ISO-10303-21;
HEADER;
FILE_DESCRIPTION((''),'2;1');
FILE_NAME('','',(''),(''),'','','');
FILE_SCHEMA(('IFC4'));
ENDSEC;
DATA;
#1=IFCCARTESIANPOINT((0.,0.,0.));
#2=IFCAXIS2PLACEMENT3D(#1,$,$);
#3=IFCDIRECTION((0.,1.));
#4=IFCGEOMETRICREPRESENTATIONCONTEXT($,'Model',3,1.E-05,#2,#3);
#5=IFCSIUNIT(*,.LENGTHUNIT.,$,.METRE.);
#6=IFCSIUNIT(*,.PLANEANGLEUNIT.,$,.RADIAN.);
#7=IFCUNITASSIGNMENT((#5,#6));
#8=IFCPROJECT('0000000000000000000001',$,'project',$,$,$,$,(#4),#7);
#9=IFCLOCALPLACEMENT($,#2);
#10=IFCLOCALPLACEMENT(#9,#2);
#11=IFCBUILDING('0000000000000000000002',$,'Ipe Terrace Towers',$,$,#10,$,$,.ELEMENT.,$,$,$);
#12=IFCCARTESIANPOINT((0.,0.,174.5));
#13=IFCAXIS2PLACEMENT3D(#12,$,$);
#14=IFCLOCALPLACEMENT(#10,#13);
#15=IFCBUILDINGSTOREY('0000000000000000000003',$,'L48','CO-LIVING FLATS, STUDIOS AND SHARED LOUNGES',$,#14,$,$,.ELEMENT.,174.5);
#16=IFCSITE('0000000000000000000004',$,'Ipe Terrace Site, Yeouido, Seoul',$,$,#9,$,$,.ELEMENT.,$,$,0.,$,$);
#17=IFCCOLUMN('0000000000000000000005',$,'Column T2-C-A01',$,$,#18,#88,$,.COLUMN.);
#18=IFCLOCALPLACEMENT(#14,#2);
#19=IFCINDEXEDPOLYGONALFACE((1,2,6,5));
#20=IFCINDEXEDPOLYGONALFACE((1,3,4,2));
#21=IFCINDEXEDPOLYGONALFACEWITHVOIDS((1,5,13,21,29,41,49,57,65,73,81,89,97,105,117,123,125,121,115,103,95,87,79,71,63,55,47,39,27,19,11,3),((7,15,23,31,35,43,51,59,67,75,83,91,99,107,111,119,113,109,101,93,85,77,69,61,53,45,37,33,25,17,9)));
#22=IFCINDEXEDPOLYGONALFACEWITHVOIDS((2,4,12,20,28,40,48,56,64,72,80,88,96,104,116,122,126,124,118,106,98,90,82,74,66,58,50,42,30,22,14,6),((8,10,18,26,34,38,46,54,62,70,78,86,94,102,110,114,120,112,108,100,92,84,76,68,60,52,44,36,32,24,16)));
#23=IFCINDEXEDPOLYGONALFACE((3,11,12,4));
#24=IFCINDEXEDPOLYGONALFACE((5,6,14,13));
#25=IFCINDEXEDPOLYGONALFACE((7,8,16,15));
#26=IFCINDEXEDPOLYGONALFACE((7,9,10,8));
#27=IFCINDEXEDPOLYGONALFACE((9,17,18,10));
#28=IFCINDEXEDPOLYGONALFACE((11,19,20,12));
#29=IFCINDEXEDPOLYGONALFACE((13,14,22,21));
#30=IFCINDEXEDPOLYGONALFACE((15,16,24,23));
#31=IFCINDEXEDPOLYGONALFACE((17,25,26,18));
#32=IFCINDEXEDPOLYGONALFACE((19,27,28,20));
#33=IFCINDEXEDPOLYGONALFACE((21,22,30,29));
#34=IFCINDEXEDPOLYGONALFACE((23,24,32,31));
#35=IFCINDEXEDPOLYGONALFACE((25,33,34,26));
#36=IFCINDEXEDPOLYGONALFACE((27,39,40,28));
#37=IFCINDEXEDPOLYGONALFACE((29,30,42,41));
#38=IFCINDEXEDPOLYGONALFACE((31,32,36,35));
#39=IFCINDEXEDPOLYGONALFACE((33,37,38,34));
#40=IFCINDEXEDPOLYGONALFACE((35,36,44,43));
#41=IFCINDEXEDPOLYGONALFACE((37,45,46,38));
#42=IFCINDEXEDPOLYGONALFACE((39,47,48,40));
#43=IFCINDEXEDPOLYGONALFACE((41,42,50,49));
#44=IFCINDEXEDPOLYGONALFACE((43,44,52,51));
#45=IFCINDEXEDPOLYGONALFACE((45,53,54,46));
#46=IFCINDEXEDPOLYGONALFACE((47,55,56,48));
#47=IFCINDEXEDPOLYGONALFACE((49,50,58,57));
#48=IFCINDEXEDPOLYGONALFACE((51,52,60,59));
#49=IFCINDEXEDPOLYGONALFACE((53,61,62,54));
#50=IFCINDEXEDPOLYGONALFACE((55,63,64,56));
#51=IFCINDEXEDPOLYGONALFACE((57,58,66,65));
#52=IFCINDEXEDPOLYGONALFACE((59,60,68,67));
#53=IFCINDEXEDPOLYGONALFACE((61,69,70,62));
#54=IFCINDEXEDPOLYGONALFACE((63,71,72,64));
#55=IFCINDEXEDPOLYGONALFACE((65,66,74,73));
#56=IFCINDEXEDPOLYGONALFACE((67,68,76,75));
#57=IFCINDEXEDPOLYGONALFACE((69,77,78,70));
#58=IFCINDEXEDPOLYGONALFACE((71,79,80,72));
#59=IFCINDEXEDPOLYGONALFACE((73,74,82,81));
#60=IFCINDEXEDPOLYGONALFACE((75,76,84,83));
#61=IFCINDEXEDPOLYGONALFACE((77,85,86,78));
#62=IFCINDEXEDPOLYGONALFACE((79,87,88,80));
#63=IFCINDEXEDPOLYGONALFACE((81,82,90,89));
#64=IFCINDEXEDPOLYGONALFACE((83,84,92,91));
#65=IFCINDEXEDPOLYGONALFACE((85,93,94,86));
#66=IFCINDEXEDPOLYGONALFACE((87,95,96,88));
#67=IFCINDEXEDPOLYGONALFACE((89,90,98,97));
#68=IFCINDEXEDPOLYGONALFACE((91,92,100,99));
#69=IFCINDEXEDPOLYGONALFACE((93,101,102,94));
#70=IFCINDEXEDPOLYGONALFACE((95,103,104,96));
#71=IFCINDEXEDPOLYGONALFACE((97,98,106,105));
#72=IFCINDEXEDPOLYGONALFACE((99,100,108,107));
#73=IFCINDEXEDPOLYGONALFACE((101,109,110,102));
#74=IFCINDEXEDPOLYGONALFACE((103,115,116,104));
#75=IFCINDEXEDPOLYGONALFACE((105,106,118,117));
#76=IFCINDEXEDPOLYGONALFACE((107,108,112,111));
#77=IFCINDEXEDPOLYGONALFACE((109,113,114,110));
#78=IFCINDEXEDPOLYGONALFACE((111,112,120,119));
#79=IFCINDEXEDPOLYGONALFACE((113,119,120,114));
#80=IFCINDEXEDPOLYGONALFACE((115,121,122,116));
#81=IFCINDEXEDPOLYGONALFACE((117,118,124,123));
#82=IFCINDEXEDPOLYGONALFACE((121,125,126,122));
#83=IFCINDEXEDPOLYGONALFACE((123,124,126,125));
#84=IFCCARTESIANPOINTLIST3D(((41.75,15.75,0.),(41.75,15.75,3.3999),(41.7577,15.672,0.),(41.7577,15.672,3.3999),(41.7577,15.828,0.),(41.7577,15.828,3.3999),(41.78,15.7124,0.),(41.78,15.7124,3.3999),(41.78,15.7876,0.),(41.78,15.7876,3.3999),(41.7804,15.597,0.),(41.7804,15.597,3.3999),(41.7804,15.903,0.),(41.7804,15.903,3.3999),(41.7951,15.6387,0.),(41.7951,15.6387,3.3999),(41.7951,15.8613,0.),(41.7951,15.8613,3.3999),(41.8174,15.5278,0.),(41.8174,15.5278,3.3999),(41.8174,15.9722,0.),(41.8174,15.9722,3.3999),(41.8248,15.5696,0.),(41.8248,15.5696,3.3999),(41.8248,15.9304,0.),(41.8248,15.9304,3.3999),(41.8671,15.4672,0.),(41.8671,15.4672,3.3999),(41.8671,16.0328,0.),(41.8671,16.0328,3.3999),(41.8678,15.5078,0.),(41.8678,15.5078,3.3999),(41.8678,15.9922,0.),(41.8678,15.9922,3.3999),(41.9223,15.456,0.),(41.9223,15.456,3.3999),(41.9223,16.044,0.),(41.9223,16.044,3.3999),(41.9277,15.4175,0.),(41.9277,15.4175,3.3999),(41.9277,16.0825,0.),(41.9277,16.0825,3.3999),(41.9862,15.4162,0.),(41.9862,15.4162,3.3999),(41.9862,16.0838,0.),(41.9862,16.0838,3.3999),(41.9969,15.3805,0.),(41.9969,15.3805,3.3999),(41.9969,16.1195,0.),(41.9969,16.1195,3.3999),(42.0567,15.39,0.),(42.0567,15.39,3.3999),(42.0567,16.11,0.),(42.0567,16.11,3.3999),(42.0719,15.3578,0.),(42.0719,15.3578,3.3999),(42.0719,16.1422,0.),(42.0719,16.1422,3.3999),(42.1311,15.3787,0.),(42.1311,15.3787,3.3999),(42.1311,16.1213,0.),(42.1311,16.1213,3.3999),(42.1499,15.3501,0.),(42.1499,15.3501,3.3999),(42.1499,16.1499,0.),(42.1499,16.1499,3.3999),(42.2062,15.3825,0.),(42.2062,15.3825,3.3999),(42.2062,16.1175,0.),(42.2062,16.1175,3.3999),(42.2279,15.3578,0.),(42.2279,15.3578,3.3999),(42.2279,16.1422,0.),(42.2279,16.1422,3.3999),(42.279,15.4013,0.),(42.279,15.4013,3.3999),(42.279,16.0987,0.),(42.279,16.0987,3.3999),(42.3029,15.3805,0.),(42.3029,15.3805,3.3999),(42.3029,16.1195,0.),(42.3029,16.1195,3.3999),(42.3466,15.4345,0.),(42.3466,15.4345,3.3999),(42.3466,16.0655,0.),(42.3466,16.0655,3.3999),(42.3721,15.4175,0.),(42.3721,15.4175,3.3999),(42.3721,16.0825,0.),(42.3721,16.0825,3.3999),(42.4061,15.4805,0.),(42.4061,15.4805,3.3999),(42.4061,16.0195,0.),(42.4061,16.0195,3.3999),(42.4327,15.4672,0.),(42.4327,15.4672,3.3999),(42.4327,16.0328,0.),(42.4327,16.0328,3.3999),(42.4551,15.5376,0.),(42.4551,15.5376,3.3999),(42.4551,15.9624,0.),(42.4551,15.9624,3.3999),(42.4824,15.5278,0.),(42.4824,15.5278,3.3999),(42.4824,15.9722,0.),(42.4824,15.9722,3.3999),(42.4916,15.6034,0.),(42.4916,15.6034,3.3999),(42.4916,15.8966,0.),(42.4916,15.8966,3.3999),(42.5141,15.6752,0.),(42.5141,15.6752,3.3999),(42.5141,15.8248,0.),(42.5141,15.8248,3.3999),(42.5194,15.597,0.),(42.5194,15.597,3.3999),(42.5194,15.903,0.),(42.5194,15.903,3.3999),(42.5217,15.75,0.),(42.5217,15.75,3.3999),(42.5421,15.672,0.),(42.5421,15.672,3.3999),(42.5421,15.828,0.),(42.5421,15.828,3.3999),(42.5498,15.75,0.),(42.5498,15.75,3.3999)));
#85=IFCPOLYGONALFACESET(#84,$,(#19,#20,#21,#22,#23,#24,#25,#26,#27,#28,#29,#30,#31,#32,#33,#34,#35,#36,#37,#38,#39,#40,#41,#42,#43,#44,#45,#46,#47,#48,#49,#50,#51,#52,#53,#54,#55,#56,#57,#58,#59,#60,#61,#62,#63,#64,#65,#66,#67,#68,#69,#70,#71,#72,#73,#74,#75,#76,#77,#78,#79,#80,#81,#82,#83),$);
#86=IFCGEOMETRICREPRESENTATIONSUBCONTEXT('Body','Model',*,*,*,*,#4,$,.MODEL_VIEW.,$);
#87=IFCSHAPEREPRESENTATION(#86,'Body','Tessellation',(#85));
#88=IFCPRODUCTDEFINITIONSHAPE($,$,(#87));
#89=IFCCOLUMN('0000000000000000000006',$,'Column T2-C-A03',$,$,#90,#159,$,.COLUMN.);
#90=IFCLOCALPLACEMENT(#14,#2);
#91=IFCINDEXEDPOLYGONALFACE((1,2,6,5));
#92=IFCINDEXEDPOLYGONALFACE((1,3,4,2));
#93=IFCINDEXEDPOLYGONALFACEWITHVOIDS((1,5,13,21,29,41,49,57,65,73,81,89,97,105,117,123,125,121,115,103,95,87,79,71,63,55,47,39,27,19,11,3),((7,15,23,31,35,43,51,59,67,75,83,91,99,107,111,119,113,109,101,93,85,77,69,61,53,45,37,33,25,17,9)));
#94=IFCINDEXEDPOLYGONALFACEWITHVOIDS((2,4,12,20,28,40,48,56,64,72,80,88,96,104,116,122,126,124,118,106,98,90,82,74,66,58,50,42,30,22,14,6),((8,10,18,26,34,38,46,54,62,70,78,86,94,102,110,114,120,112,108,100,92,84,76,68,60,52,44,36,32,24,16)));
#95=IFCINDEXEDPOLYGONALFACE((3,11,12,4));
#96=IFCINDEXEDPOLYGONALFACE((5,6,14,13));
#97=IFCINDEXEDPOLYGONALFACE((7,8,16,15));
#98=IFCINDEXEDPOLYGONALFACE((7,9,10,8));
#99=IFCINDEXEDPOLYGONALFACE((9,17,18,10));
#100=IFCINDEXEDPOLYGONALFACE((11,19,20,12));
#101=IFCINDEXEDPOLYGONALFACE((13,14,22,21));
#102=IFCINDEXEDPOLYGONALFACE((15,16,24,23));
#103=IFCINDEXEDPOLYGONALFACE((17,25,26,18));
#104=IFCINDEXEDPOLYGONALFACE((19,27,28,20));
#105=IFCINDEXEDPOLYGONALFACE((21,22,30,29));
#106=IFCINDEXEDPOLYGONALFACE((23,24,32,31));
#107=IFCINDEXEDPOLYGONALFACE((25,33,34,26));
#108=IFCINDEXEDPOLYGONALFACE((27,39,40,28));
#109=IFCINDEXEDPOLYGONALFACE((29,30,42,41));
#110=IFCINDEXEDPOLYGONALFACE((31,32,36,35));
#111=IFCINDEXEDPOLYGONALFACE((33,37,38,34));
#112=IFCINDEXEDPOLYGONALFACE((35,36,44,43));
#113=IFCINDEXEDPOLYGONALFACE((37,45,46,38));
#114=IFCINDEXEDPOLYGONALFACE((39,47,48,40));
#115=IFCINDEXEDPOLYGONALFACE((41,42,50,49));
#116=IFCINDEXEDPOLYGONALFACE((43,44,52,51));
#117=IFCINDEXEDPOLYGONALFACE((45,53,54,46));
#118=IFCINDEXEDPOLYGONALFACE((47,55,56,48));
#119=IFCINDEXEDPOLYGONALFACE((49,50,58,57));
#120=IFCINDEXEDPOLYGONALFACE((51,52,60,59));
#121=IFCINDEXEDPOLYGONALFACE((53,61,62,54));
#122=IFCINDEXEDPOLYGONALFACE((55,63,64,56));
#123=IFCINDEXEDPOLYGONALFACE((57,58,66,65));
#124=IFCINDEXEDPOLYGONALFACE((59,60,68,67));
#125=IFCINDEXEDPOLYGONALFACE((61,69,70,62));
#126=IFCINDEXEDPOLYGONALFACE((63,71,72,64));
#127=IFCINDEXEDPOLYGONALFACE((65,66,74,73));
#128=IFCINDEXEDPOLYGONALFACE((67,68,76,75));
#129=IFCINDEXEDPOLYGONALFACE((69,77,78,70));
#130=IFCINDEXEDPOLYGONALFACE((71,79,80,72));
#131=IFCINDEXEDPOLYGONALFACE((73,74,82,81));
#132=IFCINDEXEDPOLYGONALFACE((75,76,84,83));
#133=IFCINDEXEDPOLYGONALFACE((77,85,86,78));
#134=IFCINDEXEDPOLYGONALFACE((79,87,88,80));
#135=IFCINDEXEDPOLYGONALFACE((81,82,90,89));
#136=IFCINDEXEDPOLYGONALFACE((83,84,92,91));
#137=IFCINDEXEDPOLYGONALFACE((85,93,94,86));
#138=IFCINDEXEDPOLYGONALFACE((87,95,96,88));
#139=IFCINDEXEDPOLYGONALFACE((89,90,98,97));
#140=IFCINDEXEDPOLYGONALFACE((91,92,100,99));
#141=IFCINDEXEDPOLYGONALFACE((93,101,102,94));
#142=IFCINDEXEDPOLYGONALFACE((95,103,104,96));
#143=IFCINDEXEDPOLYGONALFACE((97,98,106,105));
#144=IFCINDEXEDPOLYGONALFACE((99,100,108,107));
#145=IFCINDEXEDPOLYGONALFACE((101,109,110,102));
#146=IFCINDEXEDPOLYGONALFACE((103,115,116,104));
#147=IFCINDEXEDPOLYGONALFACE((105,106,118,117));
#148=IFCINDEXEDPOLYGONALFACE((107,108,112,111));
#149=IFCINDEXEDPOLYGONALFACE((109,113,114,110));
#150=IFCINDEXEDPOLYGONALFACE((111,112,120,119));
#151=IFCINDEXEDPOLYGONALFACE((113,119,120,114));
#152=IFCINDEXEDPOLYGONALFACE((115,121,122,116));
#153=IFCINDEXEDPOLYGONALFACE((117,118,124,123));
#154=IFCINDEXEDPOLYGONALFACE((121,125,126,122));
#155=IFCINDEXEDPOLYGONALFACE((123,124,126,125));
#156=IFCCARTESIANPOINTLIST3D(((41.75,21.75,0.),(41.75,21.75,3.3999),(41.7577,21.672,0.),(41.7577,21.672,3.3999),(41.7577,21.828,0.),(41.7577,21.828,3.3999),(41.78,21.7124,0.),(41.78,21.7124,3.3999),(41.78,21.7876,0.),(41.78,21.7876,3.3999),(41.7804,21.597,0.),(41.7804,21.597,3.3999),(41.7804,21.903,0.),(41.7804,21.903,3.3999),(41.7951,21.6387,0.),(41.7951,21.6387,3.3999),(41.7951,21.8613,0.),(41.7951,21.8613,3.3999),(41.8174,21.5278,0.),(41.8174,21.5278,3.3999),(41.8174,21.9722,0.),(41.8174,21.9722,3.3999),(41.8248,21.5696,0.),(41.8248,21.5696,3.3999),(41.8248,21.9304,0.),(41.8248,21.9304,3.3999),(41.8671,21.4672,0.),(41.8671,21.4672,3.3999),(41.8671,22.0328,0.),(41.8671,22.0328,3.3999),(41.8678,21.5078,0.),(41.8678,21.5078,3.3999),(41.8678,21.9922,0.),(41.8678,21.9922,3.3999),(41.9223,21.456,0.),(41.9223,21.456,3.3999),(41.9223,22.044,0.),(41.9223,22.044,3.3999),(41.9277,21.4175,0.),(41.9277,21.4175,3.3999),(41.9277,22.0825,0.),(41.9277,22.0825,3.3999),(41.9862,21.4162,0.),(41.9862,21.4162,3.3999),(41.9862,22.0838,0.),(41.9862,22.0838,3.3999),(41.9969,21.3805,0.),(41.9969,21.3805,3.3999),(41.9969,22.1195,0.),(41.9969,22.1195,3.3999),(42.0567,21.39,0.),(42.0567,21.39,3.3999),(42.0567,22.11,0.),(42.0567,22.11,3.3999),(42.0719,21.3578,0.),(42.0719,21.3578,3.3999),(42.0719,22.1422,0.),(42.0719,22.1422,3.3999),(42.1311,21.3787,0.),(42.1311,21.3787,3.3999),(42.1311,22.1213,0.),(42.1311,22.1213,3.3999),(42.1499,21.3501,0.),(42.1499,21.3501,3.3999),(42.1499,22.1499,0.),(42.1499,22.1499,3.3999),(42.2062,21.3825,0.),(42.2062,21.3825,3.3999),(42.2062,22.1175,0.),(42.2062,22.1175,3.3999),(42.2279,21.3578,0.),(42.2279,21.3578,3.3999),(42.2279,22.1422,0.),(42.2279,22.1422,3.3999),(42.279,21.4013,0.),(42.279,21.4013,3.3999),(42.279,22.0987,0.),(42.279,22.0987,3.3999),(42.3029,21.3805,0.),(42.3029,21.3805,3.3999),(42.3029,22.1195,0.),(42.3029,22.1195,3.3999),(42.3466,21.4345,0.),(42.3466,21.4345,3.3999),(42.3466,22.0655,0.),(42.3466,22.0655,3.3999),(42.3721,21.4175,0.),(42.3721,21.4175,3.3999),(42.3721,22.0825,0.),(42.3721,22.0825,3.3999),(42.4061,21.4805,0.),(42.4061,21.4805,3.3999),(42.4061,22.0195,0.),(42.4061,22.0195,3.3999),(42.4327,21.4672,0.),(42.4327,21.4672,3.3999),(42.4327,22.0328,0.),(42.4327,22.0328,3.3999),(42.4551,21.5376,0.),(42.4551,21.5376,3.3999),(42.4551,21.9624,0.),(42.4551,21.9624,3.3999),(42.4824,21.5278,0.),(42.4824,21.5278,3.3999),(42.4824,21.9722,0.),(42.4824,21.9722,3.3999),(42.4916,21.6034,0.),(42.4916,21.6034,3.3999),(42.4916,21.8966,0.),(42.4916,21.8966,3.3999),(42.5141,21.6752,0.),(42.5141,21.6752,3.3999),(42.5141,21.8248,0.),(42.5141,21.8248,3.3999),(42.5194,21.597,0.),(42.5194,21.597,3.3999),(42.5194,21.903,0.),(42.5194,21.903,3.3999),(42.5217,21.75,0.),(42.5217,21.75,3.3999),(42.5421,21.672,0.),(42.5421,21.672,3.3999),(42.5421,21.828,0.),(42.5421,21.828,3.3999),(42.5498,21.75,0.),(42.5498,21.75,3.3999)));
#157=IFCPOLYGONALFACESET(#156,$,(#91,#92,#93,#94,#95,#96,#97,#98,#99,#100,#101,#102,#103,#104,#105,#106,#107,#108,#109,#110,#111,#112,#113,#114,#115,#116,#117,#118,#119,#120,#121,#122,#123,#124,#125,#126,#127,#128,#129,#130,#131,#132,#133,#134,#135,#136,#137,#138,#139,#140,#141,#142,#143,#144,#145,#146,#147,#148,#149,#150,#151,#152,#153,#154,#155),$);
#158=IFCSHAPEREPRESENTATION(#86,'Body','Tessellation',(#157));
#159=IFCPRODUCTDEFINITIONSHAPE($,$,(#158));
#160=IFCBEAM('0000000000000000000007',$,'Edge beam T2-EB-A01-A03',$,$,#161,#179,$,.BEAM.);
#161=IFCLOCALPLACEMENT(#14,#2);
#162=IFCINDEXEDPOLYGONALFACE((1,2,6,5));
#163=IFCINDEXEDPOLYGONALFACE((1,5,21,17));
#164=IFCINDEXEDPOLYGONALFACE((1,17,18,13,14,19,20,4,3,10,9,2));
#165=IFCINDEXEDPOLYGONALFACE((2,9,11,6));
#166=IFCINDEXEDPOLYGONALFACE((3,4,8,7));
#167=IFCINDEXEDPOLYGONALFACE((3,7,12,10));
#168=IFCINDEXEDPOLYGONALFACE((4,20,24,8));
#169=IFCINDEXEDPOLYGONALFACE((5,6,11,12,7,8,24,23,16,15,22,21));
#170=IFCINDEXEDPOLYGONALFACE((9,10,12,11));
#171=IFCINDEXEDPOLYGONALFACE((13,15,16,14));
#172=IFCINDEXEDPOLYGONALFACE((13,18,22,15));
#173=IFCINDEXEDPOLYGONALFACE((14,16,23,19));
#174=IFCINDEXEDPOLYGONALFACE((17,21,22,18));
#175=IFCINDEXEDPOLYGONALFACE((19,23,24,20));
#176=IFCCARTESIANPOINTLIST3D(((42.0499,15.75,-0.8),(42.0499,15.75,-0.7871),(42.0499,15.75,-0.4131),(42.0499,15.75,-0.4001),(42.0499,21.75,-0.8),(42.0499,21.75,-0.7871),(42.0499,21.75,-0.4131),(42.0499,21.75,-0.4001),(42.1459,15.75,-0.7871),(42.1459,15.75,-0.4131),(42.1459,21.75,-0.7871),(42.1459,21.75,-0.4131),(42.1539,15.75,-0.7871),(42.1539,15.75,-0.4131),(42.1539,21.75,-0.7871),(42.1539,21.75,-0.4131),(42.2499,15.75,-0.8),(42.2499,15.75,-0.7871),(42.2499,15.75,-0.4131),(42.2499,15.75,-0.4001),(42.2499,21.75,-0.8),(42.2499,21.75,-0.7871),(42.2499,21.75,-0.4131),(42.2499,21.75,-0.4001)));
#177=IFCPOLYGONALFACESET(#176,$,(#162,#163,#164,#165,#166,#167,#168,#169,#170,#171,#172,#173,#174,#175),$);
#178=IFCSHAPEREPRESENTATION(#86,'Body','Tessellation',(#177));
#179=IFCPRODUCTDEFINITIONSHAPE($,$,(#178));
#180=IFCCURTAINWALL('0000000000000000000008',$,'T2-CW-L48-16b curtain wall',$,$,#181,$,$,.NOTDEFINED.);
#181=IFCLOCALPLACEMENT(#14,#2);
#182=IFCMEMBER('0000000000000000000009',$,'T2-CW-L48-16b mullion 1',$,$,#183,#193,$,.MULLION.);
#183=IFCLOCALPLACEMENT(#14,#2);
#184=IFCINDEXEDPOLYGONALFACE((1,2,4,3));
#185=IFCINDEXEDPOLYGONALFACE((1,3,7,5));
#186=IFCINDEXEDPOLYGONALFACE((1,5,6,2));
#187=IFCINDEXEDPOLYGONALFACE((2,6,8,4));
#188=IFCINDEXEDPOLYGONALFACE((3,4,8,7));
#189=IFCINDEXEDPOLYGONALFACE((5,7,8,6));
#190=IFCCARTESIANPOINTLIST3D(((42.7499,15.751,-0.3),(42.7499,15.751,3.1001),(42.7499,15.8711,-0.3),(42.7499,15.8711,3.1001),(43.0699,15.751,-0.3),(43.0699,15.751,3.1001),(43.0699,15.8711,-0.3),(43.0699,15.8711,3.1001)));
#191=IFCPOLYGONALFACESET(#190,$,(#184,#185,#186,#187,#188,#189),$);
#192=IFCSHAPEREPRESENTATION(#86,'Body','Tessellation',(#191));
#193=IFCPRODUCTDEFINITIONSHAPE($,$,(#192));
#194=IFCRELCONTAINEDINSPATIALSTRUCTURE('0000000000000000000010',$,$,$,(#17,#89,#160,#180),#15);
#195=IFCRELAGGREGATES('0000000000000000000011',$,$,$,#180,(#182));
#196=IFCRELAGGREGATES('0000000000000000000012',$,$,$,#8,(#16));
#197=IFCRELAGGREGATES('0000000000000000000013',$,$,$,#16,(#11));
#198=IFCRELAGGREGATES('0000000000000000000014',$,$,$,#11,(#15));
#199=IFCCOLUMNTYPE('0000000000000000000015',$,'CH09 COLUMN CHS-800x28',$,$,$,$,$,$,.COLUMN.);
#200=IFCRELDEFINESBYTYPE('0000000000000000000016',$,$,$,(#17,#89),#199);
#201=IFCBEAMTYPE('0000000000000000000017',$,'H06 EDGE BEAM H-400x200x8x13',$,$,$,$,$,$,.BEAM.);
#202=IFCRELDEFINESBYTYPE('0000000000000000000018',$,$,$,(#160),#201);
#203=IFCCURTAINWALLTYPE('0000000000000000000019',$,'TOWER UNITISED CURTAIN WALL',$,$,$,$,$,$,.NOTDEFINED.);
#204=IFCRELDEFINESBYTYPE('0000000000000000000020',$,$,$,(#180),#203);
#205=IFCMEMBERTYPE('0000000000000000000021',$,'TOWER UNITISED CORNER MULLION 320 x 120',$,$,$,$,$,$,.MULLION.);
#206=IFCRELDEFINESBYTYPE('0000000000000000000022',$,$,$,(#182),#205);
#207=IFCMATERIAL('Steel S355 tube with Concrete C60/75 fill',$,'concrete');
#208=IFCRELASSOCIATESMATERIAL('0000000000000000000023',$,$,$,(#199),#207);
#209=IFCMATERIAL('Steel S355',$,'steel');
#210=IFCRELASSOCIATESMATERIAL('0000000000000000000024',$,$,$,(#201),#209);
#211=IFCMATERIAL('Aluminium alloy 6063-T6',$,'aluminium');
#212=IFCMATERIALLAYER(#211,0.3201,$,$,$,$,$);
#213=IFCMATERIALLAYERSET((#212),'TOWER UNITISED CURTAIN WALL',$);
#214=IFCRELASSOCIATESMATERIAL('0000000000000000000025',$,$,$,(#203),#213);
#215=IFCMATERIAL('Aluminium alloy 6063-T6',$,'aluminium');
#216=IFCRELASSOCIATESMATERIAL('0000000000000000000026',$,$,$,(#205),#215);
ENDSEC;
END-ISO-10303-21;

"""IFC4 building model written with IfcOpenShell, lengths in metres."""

from ifc_helpers import new_model, si_unit, direction, frame, origin, origin_2d, place, context, subcontext, project, spatial, rectangle, hollow_circle, i_section, extrude, material, layer, layer_set, material_profile, profile_set, type_object, element, aggregate, save


model = new_model("IFC4")

# Units and contexts
model_context = context("Model", 3, precision=1e-05, world=origin(), true_north=direction((0.0, 1.0)))
body_context = subcontext(model_context, "Body", "Model", "MODEL_VIEW")
ifc_project = project(units=[si_unit("LENGTHUNIT", "METRE"), si_unit("PLANEANGLEUNIT", "RADIAN")], contexts=[model_context])

# Site, building, storey
site_placement = place(None, origin())
site = spatial("IfcSite", under=ifc_project, at=site_placement, Name="Ipe Terrace Site, Yeouido, Seoul", CompositionType="ELEMENT", RefElevation=0.0)
building_placement = place(site_placement, origin())
building = spatial("IfcBuilding", under=site, at=building_placement, Name="Ipe Terrace Towers", CompositionType="ELEMENT")
storey_placement = place(building_placement, frame((0.0, 0.0, 174.5)))
storey = spatial("IfcBuildingStorey", under=building, at=storey_placement, Name="L48", Description="CO-LIVING FLATS, STUDIOS AND SHARED LOUNGES", CompositionType="ELEMENT", Elevation=174.5)

# Columns
ifc_material_1 = material(Name="Steel S355 tube with Concrete C60/75 fill", Category="concrete")
ifc_material_profile_1 = material_profile(ifc_material_1, hollow_circle(Radius=0.3999, WallThickness=0.0281, at=origin_2d()), Name="CHS-800x28")
ifc_profile_set_1 = profile_set([ifc_material_profile_1], Name="Steel S355 tube with Concrete C60/75 fill")
column_type = type_object("IfcColumnType", Name="CH09 COLUMN CHS-800x28", PredefinedType="COLUMN", material=ifc_profile_set_1)
for number, where, z_axis, x_axis, name in (
    (1, (42.1499, 15.75, 0.0), (0.0, 0.0, 1.0), (1.0, 0.0, 0.0), "Column T2-C-A01"),
    (2, (42.1499, 21.75, 0.0), (0.0, 0.0, 1.0), (1.0, 0.0, 0.0), "Column T2-C-A03"),
):
    element("IfcColumn", number, at=place(storey_placement, frame(where, z_axis=z_axis, x_axis=x_axis)), inside=storey, type_object=column_type, Name=name, PredefinedType="COLUMN", context=body_context, shape_type="SweptSolid", body=[
        extrude(hollow_circle(Radius=0.3999, WallThickness=0.0281, at=origin_2d()), origin(), (0.0, 0.0, 1.0), 3.3999),
    ])

# Beam
ifc_material_2 = material(Name="Steel S355", Category="steel")
ifc_material_profile_2 = material_profile(ifc_material_2, i_section(OverallWidth=0.2, OverallDepth=0.3999, WebThickness=0.0081, FlangeThickness=0.0129, at=origin_2d()), Name="H-400x200x8x13")
ifc_profile_set_2 = profile_set([ifc_material_profile_2], Name="Steel S355")
beam_type = type_object("IfcBeamType", Name="H06 EDGE BEAM H-400x200x8x13", PredefinedType="BEAM", material=ifc_profile_set_2)
beam_placement = place(storey_placement, frame((42.1499, 15.75, -0.6001), z_axis=(0.0, 1.0, 0.0), x_axis=(-1.0, 0.0, 0.0)))
element("IfcBeam", 3, at=beam_placement, inside=storey, type_object=beam_type, Name="Edge beam T2-EB-A01-A03", PredefinedType="BEAM", context=body_context, shape_type="SweptSolid", body=[
    extrude(i_section(OverallWidth=0.2, OverallDepth=0.3999, WebThickness=0.0081, FlangeThickness=0.0129, at=origin_2d()), origin(), (0.0, 0.0, 1.0), 6.0),
])

# Curtain wall, member
ifc_material_3 = material(Name="Aluminium alloy 6063-T6", Category="aluminium")
ifc_layer_1 = layer(ifc_material_3, 0.3201)
ifc_layer_set_1 = layer_set([ifc_layer_1], Name="TOWER UNITISED CURTAIN WALL")
curtain_wall_type = type_object("IfcCurtainWallType", Name="TOWER UNITISED CURTAIN WALL", PredefinedType="NOTDEFINED", material=ifc_layer_set_1)
curtain_wall_1_placement = place(storey_placement, origin())
curtain_wall_1 = element("IfcCurtainWall", 4, at=curtain_wall_1_placement, inside=storey, type_object=curtain_wall_type, Name="T2-CW-L48-16b curtain wall", PredefinedType="NOTDEFINED")
ifc_material_4 = material(Name="Aluminium alloy 6063-T6", Category="aluminium")
ifc_material_profile_3 = material_profile(ifc_material_4, rectangle(XDim=0.3201, YDim=0.1201, at=origin_2d()), Name="TOWER UNITISED CORNER MULLION 320 x 120")
ifc_profile_set_3 = profile_set([ifc_material_profile_3], Name="Aluminium alloy 6063-T6")
member_type_1 = type_object("IfcMemberType", Name="TOWER UNITISED CORNER MULLION 320 x 120", PredefinedType="MULLION", material=ifc_profile_set_3)
member_1_placement = place(storey_placement, frame((42.9099, 15.811, -0.3), z_axis=(0.0, 0.0, 1.0), x_axis=(1.0, 0.0, 0.0)))
member_1 = element("IfcMember", 5, at=member_1_placement, type_object=member_type_1, Name="T2-CW-L48-16b mullion 1", PredefinedType="MULLION", context=body_context, shape_type="SweptSolid", body=[
    extrude(rectangle(XDim=0.3201, YDim=0.1201, at=origin_2d()), origin(), (0.0, 0.0, 1.0), 3.4001),
])

aggregate(curtain_wall_1, [member_1])

save(model, "model.ifc")
